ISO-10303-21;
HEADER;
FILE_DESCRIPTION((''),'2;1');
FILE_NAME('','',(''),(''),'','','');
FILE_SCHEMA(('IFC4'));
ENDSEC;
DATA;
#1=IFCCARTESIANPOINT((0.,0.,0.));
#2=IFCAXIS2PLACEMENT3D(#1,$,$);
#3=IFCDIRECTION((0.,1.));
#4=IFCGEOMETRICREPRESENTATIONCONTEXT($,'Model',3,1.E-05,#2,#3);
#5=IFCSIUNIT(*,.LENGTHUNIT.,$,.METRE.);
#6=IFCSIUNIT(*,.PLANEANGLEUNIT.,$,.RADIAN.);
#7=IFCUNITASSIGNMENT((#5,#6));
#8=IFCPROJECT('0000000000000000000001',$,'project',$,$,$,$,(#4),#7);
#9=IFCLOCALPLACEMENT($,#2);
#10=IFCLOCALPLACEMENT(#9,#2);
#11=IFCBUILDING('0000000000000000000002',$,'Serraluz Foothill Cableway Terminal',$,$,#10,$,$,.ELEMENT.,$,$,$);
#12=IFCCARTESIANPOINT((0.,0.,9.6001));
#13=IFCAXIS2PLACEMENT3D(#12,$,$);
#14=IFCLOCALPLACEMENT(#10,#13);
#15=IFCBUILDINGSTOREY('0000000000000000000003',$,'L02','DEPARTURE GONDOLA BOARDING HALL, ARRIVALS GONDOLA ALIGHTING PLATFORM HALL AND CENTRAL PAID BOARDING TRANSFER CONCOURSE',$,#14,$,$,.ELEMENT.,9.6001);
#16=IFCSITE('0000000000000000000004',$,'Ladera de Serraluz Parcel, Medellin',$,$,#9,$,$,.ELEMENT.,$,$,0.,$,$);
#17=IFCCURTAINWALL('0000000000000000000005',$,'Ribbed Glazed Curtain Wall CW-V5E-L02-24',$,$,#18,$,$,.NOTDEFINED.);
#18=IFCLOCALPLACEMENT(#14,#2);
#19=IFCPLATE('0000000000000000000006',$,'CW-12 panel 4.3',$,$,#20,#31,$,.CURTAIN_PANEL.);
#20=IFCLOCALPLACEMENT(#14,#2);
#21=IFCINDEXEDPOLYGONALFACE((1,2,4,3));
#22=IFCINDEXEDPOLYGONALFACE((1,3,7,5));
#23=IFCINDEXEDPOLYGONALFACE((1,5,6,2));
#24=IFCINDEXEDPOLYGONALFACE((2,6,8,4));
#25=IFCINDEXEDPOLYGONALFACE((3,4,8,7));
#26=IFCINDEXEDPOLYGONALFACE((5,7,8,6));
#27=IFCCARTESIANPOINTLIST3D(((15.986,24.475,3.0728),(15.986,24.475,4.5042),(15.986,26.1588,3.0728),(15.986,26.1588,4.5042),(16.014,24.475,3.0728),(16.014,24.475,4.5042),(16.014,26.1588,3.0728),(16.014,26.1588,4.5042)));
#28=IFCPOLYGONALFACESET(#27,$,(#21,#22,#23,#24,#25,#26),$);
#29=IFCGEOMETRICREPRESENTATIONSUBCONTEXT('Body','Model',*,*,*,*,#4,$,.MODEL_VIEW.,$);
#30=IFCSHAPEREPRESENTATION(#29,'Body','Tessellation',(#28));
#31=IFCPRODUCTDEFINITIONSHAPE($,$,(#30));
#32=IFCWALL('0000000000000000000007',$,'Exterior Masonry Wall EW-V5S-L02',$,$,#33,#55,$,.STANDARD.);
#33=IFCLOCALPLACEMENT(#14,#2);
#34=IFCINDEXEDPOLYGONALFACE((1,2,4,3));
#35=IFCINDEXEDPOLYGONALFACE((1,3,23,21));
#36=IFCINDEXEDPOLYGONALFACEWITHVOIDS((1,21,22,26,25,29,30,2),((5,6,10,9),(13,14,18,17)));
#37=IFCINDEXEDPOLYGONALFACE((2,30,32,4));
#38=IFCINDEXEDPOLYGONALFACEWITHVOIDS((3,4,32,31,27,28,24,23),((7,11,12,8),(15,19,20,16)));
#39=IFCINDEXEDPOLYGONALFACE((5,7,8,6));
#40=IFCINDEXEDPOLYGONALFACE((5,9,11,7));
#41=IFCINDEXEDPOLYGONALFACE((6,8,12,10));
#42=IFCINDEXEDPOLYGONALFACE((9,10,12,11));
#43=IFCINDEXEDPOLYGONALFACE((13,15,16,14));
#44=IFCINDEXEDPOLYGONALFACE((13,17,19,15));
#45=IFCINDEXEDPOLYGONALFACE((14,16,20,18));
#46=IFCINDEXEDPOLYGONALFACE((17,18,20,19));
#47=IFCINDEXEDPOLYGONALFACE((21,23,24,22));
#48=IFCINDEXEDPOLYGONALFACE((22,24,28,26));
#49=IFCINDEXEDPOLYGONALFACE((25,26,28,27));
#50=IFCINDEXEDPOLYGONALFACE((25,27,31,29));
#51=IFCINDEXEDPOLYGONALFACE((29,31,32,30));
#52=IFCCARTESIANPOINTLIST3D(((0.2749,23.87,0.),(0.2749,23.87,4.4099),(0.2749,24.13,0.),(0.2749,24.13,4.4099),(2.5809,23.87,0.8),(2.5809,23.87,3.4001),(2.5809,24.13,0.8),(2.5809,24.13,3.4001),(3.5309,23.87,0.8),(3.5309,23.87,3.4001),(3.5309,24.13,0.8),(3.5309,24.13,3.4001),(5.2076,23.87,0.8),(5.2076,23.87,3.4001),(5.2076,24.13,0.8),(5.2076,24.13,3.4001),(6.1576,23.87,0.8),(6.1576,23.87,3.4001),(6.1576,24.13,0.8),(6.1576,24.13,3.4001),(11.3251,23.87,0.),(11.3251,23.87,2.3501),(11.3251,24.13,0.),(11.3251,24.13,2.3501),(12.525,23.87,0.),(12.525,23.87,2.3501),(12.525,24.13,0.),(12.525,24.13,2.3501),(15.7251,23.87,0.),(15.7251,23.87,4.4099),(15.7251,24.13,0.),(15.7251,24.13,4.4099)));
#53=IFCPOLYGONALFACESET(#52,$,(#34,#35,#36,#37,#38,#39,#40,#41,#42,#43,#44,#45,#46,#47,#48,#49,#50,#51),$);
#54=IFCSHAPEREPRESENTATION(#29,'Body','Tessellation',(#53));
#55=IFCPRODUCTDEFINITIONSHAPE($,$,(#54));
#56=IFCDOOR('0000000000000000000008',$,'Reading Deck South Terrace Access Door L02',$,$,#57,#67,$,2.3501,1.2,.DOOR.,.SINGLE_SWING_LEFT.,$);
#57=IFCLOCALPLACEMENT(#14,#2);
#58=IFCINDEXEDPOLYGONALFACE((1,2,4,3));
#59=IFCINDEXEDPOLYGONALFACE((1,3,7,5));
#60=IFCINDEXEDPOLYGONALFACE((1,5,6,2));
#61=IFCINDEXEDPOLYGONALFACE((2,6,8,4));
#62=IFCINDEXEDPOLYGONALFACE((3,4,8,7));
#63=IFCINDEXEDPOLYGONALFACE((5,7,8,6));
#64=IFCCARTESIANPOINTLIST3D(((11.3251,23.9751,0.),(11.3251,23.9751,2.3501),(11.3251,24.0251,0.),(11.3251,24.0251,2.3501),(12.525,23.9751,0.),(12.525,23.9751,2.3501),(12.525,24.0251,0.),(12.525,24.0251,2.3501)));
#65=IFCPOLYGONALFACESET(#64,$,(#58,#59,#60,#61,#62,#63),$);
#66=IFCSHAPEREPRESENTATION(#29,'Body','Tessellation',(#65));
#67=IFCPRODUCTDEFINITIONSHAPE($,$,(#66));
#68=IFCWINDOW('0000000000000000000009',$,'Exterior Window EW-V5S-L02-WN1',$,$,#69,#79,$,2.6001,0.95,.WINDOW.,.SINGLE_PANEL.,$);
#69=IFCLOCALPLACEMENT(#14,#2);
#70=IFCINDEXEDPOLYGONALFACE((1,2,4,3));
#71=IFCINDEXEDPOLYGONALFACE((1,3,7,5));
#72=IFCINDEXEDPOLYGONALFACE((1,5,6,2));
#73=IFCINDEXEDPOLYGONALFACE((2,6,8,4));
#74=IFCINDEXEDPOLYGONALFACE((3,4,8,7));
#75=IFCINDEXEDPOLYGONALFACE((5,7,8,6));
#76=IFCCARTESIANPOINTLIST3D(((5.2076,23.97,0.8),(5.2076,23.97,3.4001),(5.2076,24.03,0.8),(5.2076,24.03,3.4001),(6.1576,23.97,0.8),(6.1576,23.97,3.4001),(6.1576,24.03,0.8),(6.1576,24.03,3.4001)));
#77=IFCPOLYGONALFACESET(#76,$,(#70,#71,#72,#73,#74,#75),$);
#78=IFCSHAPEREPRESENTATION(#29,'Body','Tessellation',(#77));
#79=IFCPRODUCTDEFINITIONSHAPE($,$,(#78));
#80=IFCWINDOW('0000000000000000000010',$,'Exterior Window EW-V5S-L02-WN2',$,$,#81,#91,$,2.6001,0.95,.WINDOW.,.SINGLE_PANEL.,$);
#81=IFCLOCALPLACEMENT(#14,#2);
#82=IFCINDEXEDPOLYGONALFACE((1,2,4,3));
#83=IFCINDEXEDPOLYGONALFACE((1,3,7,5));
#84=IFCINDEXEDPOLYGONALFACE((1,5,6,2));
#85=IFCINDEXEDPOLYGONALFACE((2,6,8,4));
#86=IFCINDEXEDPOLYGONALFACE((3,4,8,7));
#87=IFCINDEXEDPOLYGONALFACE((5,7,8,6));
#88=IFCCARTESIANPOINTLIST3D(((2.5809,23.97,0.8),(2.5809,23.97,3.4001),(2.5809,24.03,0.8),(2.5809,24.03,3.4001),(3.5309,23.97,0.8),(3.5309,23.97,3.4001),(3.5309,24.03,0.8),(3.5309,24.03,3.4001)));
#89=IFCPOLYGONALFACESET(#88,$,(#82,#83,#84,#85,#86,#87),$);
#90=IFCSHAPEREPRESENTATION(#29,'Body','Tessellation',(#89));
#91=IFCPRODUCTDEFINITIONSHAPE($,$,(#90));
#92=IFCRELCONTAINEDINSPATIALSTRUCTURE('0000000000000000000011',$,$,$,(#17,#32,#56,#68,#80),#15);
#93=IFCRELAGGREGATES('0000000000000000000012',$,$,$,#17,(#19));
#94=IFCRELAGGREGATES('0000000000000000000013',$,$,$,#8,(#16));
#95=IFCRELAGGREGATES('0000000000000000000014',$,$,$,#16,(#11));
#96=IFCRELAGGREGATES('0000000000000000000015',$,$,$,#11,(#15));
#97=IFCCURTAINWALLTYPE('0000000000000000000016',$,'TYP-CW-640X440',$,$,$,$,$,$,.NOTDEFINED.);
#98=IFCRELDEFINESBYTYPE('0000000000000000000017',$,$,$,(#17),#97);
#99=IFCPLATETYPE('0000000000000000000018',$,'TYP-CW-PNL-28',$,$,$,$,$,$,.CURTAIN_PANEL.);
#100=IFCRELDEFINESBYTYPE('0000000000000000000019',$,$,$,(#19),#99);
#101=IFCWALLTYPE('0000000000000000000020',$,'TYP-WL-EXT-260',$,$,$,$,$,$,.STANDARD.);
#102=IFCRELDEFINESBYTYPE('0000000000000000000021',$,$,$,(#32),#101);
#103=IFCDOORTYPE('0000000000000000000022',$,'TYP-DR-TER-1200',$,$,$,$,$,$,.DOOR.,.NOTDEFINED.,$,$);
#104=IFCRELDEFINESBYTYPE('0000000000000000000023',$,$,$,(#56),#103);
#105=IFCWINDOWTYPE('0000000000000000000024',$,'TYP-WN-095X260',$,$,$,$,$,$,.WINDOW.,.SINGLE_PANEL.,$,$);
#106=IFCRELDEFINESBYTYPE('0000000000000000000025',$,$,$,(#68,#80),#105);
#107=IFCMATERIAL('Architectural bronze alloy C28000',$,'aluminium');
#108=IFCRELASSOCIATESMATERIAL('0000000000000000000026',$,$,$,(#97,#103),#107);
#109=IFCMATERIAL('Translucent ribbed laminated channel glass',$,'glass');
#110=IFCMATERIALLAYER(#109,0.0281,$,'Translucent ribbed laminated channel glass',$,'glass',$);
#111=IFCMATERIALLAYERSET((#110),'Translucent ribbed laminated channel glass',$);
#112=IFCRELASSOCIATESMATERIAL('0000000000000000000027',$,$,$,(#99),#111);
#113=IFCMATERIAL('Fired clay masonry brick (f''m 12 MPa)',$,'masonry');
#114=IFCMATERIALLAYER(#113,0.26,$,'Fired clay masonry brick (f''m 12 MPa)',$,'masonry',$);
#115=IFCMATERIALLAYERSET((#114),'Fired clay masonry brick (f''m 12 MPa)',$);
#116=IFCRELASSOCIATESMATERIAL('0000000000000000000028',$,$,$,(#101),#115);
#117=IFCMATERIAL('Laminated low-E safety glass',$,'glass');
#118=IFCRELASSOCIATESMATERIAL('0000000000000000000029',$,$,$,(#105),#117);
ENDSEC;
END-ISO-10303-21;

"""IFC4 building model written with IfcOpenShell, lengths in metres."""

from ifc_helpers import new_model, si_unit, direction, frame, frame_2d, origin, origin_2d, place, context, subcontext, project, spatial, rectangle, extrude, material, layer, layer_set, type_object, element, fill, aggregate, save


model = new_model("IFC4")

# Units and contexts
model_context = context("Model", 3, precision=1e-05, world=origin(), true_north=direction((0.0, 1.0)))
body_context = subcontext(model_context, "Body", "Model", "MODEL_VIEW")
ifc_project = project(units=[si_unit("LENGTHUNIT", "METRE"), si_unit("PLANEANGLEUNIT", "RADIAN")], contexts=[model_context])

# Site, building, storey
site_placement = place(None, origin())
site = spatial("IfcSite", under=ifc_project, at=site_placement, Name="Ladera de Serraluz Parcel, Medellin", CompositionType="ELEMENT", RefElevation=0.0)
building_placement = place(site_placement, origin())
building = spatial("IfcBuilding", under=site, at=building_placement, Name="Serraluz Foothill Cableway Terminal", CompositionType="ELEMENT")
storey_placement = place(building_placement, frame((0.0, 0.0, 9.6001)))
storey = spatial("IfcBuildingStorey", under=building, at=storey_placement, Name="L02", Description="DEPARTURE GONDOLA BOARDING HALL, ARRIVALS GONDOLA ALIGHTING PLATFORM HALL AND CENTRAL PAID BOARDING TRANSFER CONCOURSE", CompositionType="ELEMENT", Elevation=9.6001)

# Curtain wall
ifc_material_1 = material(Name="Architectural bronze alloy C28000", Category="aluminium")
curtain_wall_type_1 = type_object("IfcCurtainWallType", Name="TYP-CW-640X440", PredefinedType="NOTDEFINED", material=ifc_material_1)
curtain_wall_1_placement = place(storey_placement, origin())
curtain_wall_1 = element("IfcCurtainWall", 1, at=curtain_wall_1_placement, inside=storey, type_object=curtain_wall_type_1, Name="Ribbed Glazed Curtain Wall CW-V5E-L02-24", PredefinedType="NOTDEFINED")

# Plate
ifc_material_2 = material(Name="Translucent ribbed laminated channel glass", Category="glass")
ifc_layer_1 = layer(ifc_material_2, 0.0281, Name="Translucent ribbed laminated channel glass", Category="glass")
ifc_layer_set_1 = layer_set([ifc_layer_1], Name="Translucent ribbed laminated channel glass")
plate_type = type_object("IfcPlateType", Name="TYP-CW-PNL-28", PredefinedType="CURTAIN_PANEL", material=ifc_layer_set_1)
plate_1_placement = place(storey_placement, frame((16.0, 25.3169, 3.0728), z_axis=(0.0, 0.0, 1.0), x_axis=(0.0, -1.0, 0.0)))
plate_1 = element("IfcPlate", 2, at=plate_1_placement, type_object=plate_type, Name="CW-12 panel 4.3", PredefinedType="CURTAIN_PANEL", context=body_context, shape_type="SweptSolid", body=[
    extrude(rectangle(XDim=1.6838, YDim=0.0281, at=origin_2d()), origin(), (0.0, 0.0, 1.0), 1.4314),
])
aggregate(curtain_wall_1, [plate_1])

# Wall, openings, door, windows
ifc_material_3 = material(Name="Fired clay masonry brick (f'm 12 MPa)", Category="masonry")
ifc_layer_2 = layer(ifc_material_3, 0.26, Name="Fired clay masonry brick (f'm 12 MPa)", Category="masonry")
ifc_layer_set_2 = layer_set([ifc_layer_2], Name="Fired clay masonry brick (f'm 12 MPa)")
wall_type = type_object("IfcWallType", Name="TYP-WL-EXT-260", PredefinedType="STANDARD", material=ifc_layer_set_2)
wall_placement = place(storey_placement, frame((15.7251, 24.0, 0.0), z_axis=(0.0, 0.0, 1.0), x_axis=(-1.0, 0.0, 0.0)))
wall = element("IfcWall", 3, at=wall_placement, inside=storey, type_object=wall_type, Name="Exterior Masonry Wall EW-V5S-L02", PredefinedType="STANDARD", context=body_context, shape_type="SweptSolid", body=[
    extrude(rectangle(XDim=15.4502, YDim=0.26, at=frame_2d((7.7251, 0.0))), origin(), (0.0, 0.0, 1.0), 4.4099),
])
opening_1_placement = place(wall_placement, frame((9.5674, 0.0, 0.8)))
opening_1 = element("IfcOpeningElement", 4, at=opening_1_placement, cuts=wall, PredefinedType="OPENING", context=body_context, shape_type="SweptSolid", body=[
    extrude(rectangle(XDim=0.95, YDim=2.6001, at=frame_2d((0.4751, 1.3))), frame((0.0, 0.1401, 0.0), z_axis=(0.0, -1.0, 0.0), x_axis=(1.0, 0.0, 0.0)), (0.0, 0.0, 1.0), 0.28),
])
opening_2_placement = place(wall_placement, frame((12.1941, 0.0, 0.8)))
opening_2 = element("IfcOpeningElement", 5, at=opening_2_placement, cuts=wall, PredefinedType="OPENING", context=body_context, shape_type="SweptSolid", body=[
    extrude(rectangle(XDim=0.95, YDim=2.6001, at=frame_2d((0.4751, 1.3))), frame((0.0, 0.1401, 0.0), z_axis=(0.0, -1.0, 0.0), x_axis=(1.0, 0.0, 0.0)), (0.0, 0.0, 1.0), 0.28),
])
opening_3_placement = place(wall_placement, frame((3.2, 0.0, 0.0)))
opening_3 = element("IfcOpeningElement", 6, at=opening_3_placement, cuts=wall, PredefinedType="OPENING", context=body_context, shape_type="SweptSolid", body=[
    extrude(rectangle(XDim=1.2, YDim=2.3501, at=frame_2d((0.6001, 1.175))), frame((0.0, 0.1401, 0.0), z_axis=(0.0, -1.0, 0.0), x_axis=(1.0, 0.0, 0.0)), (0.0, 0.0, 1.0), 0.28),
])
door_type = type_object("IfcDoorType", Name="TYP-DR-TER-1200", OperationType="NOTDEFINED", PredefinedType="DOOR", material=ifc_material_1)
door_placement = place(opening_3_placement, origin())
door = element("IfcDoor", 7, at=door_placement, inside=storey, type_object=door_type, Name="Reading Deck South Terrace Access Door L02", OperationType="SINGLE_SWING_LEFT", OverallHeight=2.3501, OverallWidth=1.2, PredefinedType="DOOR", context=body_context, shape_type="SweptSolid", body=[
    extrude(rectangle(XDim=1.2, YDim=2.3501, at=frame_2d((0.6001, 1.175))), frame((0.0, 0.0249, 0.0), z_axis=(0.0, -1.0, 0.0), x_axis=(1.0, 0.0, 0.0)), (0.0, 0.0, 1.0), 0.05),
])
fill(opening_3, door)
ifc_material_4 = material(Name="Laminated low-E safety glass", Category="glass")
window_type = type_object("IfcWindowType", Name="TYP-WN-095X260", PartitioningType="SINGLE_PANEL", PredefinedType="WINDOW", material=ifc_material_4)
window_1_placement = place(opening_1_placement, origin())
window_1 = element("IfcWindow", 8, at=window_1_placement, inside=storey, type_object=window_type, Name="Exterior Window EW-V5S-L02-WN1", OverallHeight=2.6001, OverallWidth=0.95, PartitioningType="SINGLE_PANEL", PredefinedType="WINDOW", context=body_context, shape_type="SweptSolid", body=[
    extrude(rectangle(XDim=0.95, YDim=2.6001, at=frame_2d((0.4751, 1.3))), frame((0.0, 0.03, 0.0), z_axis=(0.0, -1.0, 0.0), x_axis=(1.0, 0.0, 0.0)), (0.0, 0.0, 1.0), 0.0601),
])
fill(opening_1, window_1)
window_2_placement = place(opening_2_placement, origin())
window_2 = element("IfcWindow", 9, at=window_2_placement, inside=storey, type_object=window_type, Name="Exterior Window EW-V5S-L02-WN2", OverallHeight=2.6001, OverallWidth=0.95, PartitioningType="SINGLE_PANEL", PredefinedType="WINDOW", context=body_context, shape_type="SweptSolid", body=[
    extrude(rectangle(XDim=0.95, YDim=2.6001, at=frame_2d((0.4751, 1.3))), frame((0.0, 0.03, 0.0), z_axis=(0.0, -1.0, 0.0), x_axis=(1.0, 0.0, 0.0)), (0.0, 0.0, 1.0), 0.0601),
])
fill(opening_2, window_2)

save(model, "model.ifc")
